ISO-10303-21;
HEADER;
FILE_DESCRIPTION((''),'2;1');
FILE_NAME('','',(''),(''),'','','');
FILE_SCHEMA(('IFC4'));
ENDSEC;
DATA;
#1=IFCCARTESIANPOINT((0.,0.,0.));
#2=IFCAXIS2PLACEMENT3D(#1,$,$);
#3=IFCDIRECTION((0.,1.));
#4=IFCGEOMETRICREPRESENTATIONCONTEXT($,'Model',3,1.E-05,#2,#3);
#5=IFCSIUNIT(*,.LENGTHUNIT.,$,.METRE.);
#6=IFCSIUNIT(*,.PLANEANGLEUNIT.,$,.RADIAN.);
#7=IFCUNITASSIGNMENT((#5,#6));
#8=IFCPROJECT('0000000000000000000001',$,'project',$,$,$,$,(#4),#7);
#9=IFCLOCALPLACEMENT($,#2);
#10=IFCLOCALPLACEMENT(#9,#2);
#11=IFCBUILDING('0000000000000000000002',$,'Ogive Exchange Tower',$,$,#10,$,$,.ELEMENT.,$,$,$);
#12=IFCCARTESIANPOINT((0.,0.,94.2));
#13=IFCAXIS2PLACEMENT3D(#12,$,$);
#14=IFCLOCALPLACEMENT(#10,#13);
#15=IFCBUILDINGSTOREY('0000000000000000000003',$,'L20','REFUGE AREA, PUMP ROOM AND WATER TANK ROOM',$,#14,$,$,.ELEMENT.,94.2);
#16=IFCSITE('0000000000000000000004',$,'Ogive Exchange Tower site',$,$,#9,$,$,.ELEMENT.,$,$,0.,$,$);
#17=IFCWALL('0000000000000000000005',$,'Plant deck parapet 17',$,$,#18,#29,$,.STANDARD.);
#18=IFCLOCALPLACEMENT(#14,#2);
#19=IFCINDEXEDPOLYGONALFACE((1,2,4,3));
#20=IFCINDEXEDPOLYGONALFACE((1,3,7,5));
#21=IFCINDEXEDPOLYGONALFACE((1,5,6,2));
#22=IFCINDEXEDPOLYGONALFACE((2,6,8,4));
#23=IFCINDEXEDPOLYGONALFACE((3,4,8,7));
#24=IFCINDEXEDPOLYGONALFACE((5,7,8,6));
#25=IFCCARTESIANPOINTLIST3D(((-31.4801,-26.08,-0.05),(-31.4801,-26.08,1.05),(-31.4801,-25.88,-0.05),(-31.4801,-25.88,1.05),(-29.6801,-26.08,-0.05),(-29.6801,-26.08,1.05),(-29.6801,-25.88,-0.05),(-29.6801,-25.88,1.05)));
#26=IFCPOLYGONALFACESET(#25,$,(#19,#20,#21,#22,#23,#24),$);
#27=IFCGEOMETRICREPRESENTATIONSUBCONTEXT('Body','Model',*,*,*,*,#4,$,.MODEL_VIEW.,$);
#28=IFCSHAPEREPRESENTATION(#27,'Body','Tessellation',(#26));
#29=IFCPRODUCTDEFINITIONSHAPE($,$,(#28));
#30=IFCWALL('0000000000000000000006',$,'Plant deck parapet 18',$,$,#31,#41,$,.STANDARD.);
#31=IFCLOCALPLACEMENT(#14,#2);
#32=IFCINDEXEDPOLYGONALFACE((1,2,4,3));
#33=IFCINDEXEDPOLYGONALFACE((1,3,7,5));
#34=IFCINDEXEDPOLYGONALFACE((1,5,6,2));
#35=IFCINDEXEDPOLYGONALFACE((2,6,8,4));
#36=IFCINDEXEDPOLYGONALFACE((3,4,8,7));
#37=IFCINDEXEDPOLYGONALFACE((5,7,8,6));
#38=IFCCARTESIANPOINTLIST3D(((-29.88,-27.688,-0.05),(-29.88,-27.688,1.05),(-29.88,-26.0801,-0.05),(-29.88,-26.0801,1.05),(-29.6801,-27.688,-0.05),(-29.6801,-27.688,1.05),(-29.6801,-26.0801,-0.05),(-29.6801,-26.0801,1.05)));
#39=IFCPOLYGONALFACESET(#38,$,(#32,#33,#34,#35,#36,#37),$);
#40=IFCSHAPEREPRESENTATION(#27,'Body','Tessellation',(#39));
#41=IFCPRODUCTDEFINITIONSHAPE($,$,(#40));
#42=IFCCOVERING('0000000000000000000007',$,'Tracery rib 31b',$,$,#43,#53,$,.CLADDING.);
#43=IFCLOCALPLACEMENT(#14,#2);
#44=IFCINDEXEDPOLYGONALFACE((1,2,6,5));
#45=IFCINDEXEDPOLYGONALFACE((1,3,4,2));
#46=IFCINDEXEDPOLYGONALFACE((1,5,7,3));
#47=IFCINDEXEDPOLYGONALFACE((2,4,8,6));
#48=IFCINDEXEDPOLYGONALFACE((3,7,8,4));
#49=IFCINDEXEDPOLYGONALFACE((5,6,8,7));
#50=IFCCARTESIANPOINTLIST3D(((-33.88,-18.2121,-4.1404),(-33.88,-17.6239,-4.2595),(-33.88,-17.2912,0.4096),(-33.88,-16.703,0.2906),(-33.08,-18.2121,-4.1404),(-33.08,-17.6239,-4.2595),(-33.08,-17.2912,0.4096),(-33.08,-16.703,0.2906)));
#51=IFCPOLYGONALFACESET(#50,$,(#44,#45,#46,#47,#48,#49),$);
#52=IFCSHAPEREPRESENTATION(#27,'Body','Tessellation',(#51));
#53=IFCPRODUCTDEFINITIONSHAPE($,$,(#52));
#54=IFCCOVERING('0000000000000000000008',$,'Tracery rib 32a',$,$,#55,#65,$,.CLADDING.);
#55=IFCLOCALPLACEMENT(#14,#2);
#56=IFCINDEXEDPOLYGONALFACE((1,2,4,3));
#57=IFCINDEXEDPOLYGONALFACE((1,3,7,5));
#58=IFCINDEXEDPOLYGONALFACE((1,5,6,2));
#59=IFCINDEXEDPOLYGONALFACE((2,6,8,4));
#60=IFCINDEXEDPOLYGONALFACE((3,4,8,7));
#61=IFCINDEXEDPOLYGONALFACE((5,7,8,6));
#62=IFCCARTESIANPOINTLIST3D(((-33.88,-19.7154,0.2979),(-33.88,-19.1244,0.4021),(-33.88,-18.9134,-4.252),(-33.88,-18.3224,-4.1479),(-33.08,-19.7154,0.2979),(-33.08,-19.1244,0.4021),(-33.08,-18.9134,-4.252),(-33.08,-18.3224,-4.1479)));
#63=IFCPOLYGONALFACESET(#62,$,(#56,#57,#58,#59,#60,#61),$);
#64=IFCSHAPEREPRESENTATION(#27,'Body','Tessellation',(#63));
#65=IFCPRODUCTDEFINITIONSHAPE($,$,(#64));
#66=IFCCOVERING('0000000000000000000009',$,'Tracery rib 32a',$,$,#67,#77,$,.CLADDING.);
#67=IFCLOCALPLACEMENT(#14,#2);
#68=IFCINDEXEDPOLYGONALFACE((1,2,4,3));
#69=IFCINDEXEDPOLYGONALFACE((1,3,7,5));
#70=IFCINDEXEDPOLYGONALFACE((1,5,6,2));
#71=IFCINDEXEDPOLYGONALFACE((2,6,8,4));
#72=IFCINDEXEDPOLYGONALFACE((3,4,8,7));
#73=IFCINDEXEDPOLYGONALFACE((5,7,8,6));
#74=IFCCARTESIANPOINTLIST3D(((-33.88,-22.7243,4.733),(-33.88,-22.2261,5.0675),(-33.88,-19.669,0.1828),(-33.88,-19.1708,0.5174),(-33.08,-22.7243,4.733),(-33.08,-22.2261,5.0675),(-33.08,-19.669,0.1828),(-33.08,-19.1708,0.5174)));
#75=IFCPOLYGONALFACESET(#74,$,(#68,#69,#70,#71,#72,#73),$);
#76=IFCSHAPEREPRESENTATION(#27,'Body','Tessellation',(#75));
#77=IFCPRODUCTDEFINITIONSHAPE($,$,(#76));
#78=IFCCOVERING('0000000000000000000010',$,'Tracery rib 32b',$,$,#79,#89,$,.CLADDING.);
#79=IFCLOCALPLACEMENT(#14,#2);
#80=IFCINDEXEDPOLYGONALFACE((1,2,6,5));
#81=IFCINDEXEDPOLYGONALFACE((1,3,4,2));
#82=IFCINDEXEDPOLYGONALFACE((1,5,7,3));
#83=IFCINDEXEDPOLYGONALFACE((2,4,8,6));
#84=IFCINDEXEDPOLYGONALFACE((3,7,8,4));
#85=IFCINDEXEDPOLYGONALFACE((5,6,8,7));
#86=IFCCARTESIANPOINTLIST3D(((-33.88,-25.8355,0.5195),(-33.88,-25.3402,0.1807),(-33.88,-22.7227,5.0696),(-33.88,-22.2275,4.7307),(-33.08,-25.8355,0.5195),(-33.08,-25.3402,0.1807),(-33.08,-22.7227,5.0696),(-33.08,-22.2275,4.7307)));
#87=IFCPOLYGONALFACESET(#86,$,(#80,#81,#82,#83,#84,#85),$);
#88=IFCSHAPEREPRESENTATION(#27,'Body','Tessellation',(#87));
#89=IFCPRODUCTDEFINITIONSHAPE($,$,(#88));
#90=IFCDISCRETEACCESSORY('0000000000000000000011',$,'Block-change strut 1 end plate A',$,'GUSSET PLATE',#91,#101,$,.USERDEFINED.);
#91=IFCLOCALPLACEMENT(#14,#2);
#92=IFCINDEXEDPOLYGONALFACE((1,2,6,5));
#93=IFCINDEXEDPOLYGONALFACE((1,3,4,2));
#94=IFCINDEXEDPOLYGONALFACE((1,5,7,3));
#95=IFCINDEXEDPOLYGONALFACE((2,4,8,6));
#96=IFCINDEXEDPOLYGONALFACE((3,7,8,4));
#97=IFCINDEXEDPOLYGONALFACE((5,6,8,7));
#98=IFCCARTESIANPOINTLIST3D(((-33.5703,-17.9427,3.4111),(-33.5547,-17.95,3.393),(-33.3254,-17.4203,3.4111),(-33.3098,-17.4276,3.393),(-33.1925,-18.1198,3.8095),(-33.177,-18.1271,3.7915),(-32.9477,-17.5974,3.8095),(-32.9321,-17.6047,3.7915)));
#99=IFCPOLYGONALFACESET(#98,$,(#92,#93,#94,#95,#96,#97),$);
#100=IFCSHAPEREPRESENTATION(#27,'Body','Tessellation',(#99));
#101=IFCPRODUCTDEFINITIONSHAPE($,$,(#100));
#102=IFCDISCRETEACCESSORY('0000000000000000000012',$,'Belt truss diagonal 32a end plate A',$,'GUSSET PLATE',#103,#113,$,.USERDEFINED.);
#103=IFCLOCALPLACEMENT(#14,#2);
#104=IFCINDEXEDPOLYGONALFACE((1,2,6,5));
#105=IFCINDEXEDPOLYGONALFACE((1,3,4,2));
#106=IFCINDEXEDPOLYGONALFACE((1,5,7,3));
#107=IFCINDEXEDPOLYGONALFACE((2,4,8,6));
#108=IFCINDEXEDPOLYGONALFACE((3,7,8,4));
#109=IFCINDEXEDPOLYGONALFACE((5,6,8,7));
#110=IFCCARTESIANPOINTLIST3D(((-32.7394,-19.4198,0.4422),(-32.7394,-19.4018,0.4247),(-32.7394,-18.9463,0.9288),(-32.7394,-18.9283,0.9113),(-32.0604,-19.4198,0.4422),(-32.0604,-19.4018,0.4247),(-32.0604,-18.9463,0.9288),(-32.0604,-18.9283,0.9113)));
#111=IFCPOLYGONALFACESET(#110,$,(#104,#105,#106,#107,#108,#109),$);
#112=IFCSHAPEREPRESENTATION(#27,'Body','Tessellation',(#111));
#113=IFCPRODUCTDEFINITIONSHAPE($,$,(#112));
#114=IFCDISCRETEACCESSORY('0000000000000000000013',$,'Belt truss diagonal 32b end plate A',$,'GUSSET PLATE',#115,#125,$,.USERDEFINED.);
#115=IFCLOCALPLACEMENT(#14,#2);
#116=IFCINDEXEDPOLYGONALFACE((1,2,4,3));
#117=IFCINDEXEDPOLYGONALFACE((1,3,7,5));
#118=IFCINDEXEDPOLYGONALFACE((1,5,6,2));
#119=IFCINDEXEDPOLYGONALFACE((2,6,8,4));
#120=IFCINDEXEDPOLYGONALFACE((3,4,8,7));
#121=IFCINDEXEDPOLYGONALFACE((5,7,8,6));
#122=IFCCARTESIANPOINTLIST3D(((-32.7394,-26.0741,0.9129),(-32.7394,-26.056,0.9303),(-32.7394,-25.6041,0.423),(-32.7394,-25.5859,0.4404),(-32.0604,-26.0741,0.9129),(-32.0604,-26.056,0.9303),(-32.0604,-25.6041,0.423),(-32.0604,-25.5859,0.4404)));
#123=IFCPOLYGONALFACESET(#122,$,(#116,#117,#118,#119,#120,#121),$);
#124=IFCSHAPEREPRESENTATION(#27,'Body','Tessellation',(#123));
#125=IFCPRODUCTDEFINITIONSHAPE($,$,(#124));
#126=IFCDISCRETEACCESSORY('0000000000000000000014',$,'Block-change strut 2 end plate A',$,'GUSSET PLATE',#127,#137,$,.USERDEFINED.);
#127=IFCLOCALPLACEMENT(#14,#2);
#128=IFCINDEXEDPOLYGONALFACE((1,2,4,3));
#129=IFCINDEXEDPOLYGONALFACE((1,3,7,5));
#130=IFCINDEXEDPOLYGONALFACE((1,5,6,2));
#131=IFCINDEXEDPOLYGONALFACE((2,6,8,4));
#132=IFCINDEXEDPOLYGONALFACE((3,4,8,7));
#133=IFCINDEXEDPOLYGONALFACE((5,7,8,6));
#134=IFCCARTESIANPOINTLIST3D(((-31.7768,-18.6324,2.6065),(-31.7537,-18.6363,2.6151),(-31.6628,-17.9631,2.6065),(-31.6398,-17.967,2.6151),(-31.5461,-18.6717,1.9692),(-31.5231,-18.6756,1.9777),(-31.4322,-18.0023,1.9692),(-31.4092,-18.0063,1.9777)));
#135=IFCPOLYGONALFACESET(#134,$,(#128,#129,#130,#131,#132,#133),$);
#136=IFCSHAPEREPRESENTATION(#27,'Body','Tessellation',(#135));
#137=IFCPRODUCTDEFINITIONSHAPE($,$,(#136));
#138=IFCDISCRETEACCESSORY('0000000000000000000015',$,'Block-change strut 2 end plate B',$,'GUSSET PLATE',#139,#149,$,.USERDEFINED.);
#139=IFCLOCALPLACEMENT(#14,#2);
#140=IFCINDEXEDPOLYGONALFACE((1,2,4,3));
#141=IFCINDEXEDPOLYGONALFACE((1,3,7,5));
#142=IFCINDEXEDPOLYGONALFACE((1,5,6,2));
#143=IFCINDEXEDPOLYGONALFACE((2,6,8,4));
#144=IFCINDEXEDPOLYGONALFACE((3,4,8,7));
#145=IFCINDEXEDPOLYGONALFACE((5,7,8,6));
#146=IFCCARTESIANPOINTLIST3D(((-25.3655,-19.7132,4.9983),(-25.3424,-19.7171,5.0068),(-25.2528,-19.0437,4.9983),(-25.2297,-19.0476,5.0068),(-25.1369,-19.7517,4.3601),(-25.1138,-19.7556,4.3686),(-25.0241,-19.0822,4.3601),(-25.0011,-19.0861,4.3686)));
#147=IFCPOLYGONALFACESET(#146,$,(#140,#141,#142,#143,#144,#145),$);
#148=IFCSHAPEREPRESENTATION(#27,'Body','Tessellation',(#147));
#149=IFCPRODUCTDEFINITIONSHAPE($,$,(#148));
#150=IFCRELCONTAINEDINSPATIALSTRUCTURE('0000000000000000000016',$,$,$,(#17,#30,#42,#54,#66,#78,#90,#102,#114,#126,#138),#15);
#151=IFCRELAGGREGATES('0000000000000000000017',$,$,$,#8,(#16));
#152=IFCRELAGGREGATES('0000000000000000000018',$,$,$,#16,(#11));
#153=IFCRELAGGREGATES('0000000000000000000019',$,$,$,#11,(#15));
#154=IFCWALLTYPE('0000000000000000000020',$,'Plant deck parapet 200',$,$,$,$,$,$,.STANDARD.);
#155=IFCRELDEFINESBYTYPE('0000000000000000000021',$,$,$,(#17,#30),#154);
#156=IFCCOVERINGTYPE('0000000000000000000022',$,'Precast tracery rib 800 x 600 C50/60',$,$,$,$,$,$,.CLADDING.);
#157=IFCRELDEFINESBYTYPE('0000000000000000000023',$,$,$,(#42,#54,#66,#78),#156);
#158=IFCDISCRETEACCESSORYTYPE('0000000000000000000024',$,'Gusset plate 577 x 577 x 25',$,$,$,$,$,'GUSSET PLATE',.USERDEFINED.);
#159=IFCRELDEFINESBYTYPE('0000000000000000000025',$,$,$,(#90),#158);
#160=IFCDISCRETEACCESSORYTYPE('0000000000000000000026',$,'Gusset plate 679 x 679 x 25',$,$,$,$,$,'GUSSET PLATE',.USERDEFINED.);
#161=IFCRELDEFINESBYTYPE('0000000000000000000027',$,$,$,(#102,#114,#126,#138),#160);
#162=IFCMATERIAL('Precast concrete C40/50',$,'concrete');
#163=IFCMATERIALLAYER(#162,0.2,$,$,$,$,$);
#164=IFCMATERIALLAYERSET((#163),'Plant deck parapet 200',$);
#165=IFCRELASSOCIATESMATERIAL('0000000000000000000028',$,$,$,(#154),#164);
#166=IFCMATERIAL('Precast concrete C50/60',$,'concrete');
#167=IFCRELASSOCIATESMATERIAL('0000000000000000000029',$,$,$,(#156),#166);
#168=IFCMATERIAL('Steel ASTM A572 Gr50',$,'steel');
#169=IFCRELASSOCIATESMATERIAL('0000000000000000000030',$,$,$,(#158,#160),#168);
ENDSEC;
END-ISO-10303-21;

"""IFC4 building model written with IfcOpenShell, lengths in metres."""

from ifc_helpers import new_model, si_unit, direction, frame, frame_2d, origin, origin_2d, place, context, subcontext, project, spatial, rectangle, extrude, material, layer, layer_set, material_profile, profile_set, type_object, element, save


model = new_model("IFC4")

# Units and contexts
model_context = context("Model", 3, precision=1e-05, world=origin(), true_north=direction((0.0, 1.0)))
body_context = subcontext(model_context, "Body", "Model", "MODEL_VIEW")
ifc_project = project(units=[si_unit("LENGTHUNIT", "METRE"), si_unit("PLANEANGLEUNIT", "RADIAN")], contexts=[model_context])

# Site, building, storey
site_placement = place(None, origin())
site = spatial("IfcSite", under=ifc_project, at=site_placement, Name="Ogive Exchange Tower site", CompositionType="ELEMENT", RefElevation=0.0)
building_placement = place(site_placement, origin())
building = spatial("IfcBuilding", under=site, at=building_placement, Name="Ogive Exchange Tower", CompositionType="ELEMENT")
storey_placement = place(building_placement, frame((0.0, 0.0, 94.2)))
storey = spatial("IfcBuildingStorey", under=building, at=storey_placement, Name="L20", Description="REFUGE AREA, PUMP ROOM AND WATER TANK ROOM", CompositionType="ELEMENT", Elevation=94.2)

# Walls
ifc_material_1 = material(Name="Precast concrete C40/50", Category="concrete")
ifc_layer_1 = layer(ifc_material_1, 0.2)
ifc_layer_set_1 = layer_set([ifc_layer_1], Name="Plant deck parapet 200")
wall_type_1 = type_object("IfcWallType", Name="Plant deck parapet 200", PredefinedType="STANDARD", material=ifc_layer_set_1)
wall_1_placement = place(storey_placement, frame((-31.48, -25.98, -0.05), z_axis=(0.0, 0.0, 1.0), x_axis=(1.0, 0.0, 0.0)))
element("IfcWall", 1, at=wall_1_placement, inside=storey, type_object=wall_type_1, Name="Plant deck parapet 17", PredefinedType="STANDARD", context=body_context, shape_type="SweptSolid", body=[
    extrude(rectangle(XDim=1.8, YDim=0.2, at=frame_2d((0.8999, 0.0))), origin(), (0.0, 0.0, 1.0), 1.1001),
])
wall_2_placement = place(storey_placement, frame((-29.78, -26.0801, -0.05), z_axis=(0.0, 0.0, 1.0), x_axis=(0.0, -1.0, 0.0)))
element("IfcWall", 2, at=wall_2_placement, inside=storey, type_object=wall_type_1, Name="Plant deck parapet 18", PredefinedType="STANDARD", context=body_context, shape_type="SweptSolid", body=[
    extrude(rectangle(XDim=1.6079, YDim=0.2, at=frame_2d((0.804, 0.0))), origin(), (0.0, 0.0, 1.0), 1.1001),
])

# Coverings
ifc_material_2 = material(Name="Precast concrete C50/60", Category="concrete")
ifc_material_profile_1 = material_profile(ifc_material_2, rectangle(XDim=0.8, YDim=0.6001, at=origin_2d()), Name="RIB 800 x 600")
ifc_profile_set_1 = profile_set([ifc_material_profile_1], Name="Precast concrete C50/60")
covering_type = type_object("IfcCoveringType", Name="Precast tracery rib 800 x 600 C50/60", PredefinedType="CLADDING", material=ifc_profile_set_1)
covering_1_placement = place(storey_placement, frame((-33.48, -17.918, -4.2), z_axis=(0.0, 0.198371, 0.980127), x_axis=(-1.0, 0.0, 0.0)))
element("IfcCovering", 3, at=covering_1_placement, inside=storey, type_object=covering_type, Name="Tracery rib 31b", PredefinedType="CLADDING", context=body_context, shape_type="SweptSolid", body=[
    extrude(rectangle(XDim=0.8, YDim=0.6001, at=origin_2d()), origin(), (0.0, 0.0, 1.0), 4.6423),
])
covering_2_placement = place(storey_placement, frame((-33.48, -18.6179, -4.2), z_axis=(0.0, -0.173586, 0.984819), x_axis=(1.0, 0.0, 0.0)))
element("IfcCovering", 4, at=covering_2_placement, inside=storey, type_object=covering_type, Name="Tracery rib 32a", PredefinedType="CLADDING", context=body_context, shape_type="SweptSolid", body=[
    extrude(rectangle(XDim=0.8, YDim=0.6001, at=origin_2d()), origin(), (0.0, 0.0, 1.0), 4.6201),
])
covering_3_placement = place(storey_placement, frame((-33.48, -19.4199, 0.3501), z_axis=(0.0, -0.557452, 0.830209), x_axis=(1.0, 0.0, 0.0)))
element("IfcCovering", 5, at=covering_3_placement, inside=storey, type_object=covering_type, Name="Tracery rib 32a", PredefinedType="CLADDING", context=body_context, shape_type="SweptSolid", body=[
    extrude(rectangle(XDim=0.8, YDim=0.6001, at=origin_2d()), origin(), (0.0, 0.0, 1.0), 5.4807),
])
covering_4_placement = place(storey_placement, frame((-33.48, -25.5879, 0.3501), z_axis=(0.0, 0.564635, 0.825341), x_axis=(-1.0, 0.0, 0.0)))
element("IfcCovering", 6, at=covering_4_placement, inside=storey, type_object=covering_type, Name="Tracery rib 32b", PredefinedType="CLADDING", context=body_context, shape_type="SweptSolid", body=[
    extrude(rectangle(XDim=0.8, YDim=0.6001, at=origin_2d()), origin(), (0.0, 0.0, 1.0), 5.5129),
])

# Discrete accessories
ifc_material_3 = material(Name="Steel ASTM A572 Gr50", Category="steel")
ifc_material_profile_2 = material_profile(ifc_material_3, rectangle(XDim=0.5769, YDim=0.5769, at=origin_2d()), Name="PL 577 x 577 x 25")
ifc_profile_set_2 = profile_set([ifc_material_profile_2], Name="Steel ASTM A572 Gr50")
discrete_accessory_type_1 = type_object("IfcDiscreteAccessoryType", Name="Gusset plate 577 x 577 x 25", ElementType="GUSSET PLATE", PredefinedType="USERDEFINED", material=ifc_profile_set_2)
discrete_accessory_placement = place(storey_placement, frame((-33.2434, -17.7773, 3.5923), z_axis=(-0.62541, 0.293161, 0.723131), x_axis=(-0.424434, -0.905459, 0.0)))
element("IfcDiscreteAccessory", 7, at=discrete_accessory_placement, inside=storey, type_object=discrete_accessory_type_1, Name="Block-change strut 1 end plate A", ObjectType="GUSSET PLATE", PredefinedType="USERDEFINED", context=body_context, shape_type="SweptSolid", body=[
    extrude(rectangle(XDim=0.5769, YDim=0.5769, at=origin_2d()), origin(), (0.0, 0.0, 1.0), 0.0249),
])
ifc_material_profile_3 = material_profile(ifc_material_3, rectangle(XDim=0.679, YDim=0.679, at=origin_2d()), Name="PL 679 x 679 x 25")
ifc_profile_set_3 = profile_set([ifc_material_profile_3], Name="Steel ASTM A572 Gr50")
discrete_accessory_type_2 = type_object("IfcDiscreteAccessoryType", Name="Gusset plate 679 x 679 x 25", ElementType="GUSSET PLATE", PredefinedType="USERDEFINED", material=ifc_profile_set_3)
for number, where, z_axis, x_axis, name in (
    (8, (-32.3999, -19.165, 0.668), (0.0, -0.716726, 0.697355), (1.0, 0.0, 0.0), "Belt truss diagonal 32a end plate A"),
    (9, (-32.3999, -25.8391, 0.668), (0.0, 0.721582, 0.692329), (-1.0, 0.0, 0.0), "Belt truss diagonal 32b end plate A"),
):
    element("IfcDiscreteAccessory", number, at=place(storey_placement, frame(where, z_axis=z_axis, x_axis=x_axis)), inside=storey, type_object=discrete_accessory_type_2, Name=name, ObjectType="GUSSET PLATE", PredefinedType="USERDEFINED", context=body_context, shape_type="SweptSolid", body=[
        extrude(rectangle(XDim=0.679, YDim=0.679, at=origin_2d()), origin(), (0.0, 0.0, 1.0), 0.0251),
    ])
for number, where, z_axis, x_axis, name in (
    (10, (-31.6045, -18.3174, 2.2878), (0.925446, -0.157523, 0.344581), (0.167799, 0.985821, 0.0), "Block-change strut 2 end plate A"),
    (11, (-25.1948, -19.3977, 4.6792), (0.92684, -0.156099, 0.341467), (0.166082, 0.986112, 0.0), "Block-change strut 2 end plate B"),
):
    element("IfcDiscreteAccessory", number, at=place(storey_placement, frame(where, z_axis=z_axis, x_axis=x_axis)), inside=storey, type_object=discrete_accessory_type_2, Name=name, ObjectType="GUSSET PLATE", PredefinedType="USERDEFINED", context=body_context, shape_type="SweptSolid", body=[
        extrude(rectangle(XDim=0.679, YDim=0.679, at=origin_2d()), origin(), (0.0, 0.0, 1.0), 0.0249),
    ])

save(model, "model.ifc")
